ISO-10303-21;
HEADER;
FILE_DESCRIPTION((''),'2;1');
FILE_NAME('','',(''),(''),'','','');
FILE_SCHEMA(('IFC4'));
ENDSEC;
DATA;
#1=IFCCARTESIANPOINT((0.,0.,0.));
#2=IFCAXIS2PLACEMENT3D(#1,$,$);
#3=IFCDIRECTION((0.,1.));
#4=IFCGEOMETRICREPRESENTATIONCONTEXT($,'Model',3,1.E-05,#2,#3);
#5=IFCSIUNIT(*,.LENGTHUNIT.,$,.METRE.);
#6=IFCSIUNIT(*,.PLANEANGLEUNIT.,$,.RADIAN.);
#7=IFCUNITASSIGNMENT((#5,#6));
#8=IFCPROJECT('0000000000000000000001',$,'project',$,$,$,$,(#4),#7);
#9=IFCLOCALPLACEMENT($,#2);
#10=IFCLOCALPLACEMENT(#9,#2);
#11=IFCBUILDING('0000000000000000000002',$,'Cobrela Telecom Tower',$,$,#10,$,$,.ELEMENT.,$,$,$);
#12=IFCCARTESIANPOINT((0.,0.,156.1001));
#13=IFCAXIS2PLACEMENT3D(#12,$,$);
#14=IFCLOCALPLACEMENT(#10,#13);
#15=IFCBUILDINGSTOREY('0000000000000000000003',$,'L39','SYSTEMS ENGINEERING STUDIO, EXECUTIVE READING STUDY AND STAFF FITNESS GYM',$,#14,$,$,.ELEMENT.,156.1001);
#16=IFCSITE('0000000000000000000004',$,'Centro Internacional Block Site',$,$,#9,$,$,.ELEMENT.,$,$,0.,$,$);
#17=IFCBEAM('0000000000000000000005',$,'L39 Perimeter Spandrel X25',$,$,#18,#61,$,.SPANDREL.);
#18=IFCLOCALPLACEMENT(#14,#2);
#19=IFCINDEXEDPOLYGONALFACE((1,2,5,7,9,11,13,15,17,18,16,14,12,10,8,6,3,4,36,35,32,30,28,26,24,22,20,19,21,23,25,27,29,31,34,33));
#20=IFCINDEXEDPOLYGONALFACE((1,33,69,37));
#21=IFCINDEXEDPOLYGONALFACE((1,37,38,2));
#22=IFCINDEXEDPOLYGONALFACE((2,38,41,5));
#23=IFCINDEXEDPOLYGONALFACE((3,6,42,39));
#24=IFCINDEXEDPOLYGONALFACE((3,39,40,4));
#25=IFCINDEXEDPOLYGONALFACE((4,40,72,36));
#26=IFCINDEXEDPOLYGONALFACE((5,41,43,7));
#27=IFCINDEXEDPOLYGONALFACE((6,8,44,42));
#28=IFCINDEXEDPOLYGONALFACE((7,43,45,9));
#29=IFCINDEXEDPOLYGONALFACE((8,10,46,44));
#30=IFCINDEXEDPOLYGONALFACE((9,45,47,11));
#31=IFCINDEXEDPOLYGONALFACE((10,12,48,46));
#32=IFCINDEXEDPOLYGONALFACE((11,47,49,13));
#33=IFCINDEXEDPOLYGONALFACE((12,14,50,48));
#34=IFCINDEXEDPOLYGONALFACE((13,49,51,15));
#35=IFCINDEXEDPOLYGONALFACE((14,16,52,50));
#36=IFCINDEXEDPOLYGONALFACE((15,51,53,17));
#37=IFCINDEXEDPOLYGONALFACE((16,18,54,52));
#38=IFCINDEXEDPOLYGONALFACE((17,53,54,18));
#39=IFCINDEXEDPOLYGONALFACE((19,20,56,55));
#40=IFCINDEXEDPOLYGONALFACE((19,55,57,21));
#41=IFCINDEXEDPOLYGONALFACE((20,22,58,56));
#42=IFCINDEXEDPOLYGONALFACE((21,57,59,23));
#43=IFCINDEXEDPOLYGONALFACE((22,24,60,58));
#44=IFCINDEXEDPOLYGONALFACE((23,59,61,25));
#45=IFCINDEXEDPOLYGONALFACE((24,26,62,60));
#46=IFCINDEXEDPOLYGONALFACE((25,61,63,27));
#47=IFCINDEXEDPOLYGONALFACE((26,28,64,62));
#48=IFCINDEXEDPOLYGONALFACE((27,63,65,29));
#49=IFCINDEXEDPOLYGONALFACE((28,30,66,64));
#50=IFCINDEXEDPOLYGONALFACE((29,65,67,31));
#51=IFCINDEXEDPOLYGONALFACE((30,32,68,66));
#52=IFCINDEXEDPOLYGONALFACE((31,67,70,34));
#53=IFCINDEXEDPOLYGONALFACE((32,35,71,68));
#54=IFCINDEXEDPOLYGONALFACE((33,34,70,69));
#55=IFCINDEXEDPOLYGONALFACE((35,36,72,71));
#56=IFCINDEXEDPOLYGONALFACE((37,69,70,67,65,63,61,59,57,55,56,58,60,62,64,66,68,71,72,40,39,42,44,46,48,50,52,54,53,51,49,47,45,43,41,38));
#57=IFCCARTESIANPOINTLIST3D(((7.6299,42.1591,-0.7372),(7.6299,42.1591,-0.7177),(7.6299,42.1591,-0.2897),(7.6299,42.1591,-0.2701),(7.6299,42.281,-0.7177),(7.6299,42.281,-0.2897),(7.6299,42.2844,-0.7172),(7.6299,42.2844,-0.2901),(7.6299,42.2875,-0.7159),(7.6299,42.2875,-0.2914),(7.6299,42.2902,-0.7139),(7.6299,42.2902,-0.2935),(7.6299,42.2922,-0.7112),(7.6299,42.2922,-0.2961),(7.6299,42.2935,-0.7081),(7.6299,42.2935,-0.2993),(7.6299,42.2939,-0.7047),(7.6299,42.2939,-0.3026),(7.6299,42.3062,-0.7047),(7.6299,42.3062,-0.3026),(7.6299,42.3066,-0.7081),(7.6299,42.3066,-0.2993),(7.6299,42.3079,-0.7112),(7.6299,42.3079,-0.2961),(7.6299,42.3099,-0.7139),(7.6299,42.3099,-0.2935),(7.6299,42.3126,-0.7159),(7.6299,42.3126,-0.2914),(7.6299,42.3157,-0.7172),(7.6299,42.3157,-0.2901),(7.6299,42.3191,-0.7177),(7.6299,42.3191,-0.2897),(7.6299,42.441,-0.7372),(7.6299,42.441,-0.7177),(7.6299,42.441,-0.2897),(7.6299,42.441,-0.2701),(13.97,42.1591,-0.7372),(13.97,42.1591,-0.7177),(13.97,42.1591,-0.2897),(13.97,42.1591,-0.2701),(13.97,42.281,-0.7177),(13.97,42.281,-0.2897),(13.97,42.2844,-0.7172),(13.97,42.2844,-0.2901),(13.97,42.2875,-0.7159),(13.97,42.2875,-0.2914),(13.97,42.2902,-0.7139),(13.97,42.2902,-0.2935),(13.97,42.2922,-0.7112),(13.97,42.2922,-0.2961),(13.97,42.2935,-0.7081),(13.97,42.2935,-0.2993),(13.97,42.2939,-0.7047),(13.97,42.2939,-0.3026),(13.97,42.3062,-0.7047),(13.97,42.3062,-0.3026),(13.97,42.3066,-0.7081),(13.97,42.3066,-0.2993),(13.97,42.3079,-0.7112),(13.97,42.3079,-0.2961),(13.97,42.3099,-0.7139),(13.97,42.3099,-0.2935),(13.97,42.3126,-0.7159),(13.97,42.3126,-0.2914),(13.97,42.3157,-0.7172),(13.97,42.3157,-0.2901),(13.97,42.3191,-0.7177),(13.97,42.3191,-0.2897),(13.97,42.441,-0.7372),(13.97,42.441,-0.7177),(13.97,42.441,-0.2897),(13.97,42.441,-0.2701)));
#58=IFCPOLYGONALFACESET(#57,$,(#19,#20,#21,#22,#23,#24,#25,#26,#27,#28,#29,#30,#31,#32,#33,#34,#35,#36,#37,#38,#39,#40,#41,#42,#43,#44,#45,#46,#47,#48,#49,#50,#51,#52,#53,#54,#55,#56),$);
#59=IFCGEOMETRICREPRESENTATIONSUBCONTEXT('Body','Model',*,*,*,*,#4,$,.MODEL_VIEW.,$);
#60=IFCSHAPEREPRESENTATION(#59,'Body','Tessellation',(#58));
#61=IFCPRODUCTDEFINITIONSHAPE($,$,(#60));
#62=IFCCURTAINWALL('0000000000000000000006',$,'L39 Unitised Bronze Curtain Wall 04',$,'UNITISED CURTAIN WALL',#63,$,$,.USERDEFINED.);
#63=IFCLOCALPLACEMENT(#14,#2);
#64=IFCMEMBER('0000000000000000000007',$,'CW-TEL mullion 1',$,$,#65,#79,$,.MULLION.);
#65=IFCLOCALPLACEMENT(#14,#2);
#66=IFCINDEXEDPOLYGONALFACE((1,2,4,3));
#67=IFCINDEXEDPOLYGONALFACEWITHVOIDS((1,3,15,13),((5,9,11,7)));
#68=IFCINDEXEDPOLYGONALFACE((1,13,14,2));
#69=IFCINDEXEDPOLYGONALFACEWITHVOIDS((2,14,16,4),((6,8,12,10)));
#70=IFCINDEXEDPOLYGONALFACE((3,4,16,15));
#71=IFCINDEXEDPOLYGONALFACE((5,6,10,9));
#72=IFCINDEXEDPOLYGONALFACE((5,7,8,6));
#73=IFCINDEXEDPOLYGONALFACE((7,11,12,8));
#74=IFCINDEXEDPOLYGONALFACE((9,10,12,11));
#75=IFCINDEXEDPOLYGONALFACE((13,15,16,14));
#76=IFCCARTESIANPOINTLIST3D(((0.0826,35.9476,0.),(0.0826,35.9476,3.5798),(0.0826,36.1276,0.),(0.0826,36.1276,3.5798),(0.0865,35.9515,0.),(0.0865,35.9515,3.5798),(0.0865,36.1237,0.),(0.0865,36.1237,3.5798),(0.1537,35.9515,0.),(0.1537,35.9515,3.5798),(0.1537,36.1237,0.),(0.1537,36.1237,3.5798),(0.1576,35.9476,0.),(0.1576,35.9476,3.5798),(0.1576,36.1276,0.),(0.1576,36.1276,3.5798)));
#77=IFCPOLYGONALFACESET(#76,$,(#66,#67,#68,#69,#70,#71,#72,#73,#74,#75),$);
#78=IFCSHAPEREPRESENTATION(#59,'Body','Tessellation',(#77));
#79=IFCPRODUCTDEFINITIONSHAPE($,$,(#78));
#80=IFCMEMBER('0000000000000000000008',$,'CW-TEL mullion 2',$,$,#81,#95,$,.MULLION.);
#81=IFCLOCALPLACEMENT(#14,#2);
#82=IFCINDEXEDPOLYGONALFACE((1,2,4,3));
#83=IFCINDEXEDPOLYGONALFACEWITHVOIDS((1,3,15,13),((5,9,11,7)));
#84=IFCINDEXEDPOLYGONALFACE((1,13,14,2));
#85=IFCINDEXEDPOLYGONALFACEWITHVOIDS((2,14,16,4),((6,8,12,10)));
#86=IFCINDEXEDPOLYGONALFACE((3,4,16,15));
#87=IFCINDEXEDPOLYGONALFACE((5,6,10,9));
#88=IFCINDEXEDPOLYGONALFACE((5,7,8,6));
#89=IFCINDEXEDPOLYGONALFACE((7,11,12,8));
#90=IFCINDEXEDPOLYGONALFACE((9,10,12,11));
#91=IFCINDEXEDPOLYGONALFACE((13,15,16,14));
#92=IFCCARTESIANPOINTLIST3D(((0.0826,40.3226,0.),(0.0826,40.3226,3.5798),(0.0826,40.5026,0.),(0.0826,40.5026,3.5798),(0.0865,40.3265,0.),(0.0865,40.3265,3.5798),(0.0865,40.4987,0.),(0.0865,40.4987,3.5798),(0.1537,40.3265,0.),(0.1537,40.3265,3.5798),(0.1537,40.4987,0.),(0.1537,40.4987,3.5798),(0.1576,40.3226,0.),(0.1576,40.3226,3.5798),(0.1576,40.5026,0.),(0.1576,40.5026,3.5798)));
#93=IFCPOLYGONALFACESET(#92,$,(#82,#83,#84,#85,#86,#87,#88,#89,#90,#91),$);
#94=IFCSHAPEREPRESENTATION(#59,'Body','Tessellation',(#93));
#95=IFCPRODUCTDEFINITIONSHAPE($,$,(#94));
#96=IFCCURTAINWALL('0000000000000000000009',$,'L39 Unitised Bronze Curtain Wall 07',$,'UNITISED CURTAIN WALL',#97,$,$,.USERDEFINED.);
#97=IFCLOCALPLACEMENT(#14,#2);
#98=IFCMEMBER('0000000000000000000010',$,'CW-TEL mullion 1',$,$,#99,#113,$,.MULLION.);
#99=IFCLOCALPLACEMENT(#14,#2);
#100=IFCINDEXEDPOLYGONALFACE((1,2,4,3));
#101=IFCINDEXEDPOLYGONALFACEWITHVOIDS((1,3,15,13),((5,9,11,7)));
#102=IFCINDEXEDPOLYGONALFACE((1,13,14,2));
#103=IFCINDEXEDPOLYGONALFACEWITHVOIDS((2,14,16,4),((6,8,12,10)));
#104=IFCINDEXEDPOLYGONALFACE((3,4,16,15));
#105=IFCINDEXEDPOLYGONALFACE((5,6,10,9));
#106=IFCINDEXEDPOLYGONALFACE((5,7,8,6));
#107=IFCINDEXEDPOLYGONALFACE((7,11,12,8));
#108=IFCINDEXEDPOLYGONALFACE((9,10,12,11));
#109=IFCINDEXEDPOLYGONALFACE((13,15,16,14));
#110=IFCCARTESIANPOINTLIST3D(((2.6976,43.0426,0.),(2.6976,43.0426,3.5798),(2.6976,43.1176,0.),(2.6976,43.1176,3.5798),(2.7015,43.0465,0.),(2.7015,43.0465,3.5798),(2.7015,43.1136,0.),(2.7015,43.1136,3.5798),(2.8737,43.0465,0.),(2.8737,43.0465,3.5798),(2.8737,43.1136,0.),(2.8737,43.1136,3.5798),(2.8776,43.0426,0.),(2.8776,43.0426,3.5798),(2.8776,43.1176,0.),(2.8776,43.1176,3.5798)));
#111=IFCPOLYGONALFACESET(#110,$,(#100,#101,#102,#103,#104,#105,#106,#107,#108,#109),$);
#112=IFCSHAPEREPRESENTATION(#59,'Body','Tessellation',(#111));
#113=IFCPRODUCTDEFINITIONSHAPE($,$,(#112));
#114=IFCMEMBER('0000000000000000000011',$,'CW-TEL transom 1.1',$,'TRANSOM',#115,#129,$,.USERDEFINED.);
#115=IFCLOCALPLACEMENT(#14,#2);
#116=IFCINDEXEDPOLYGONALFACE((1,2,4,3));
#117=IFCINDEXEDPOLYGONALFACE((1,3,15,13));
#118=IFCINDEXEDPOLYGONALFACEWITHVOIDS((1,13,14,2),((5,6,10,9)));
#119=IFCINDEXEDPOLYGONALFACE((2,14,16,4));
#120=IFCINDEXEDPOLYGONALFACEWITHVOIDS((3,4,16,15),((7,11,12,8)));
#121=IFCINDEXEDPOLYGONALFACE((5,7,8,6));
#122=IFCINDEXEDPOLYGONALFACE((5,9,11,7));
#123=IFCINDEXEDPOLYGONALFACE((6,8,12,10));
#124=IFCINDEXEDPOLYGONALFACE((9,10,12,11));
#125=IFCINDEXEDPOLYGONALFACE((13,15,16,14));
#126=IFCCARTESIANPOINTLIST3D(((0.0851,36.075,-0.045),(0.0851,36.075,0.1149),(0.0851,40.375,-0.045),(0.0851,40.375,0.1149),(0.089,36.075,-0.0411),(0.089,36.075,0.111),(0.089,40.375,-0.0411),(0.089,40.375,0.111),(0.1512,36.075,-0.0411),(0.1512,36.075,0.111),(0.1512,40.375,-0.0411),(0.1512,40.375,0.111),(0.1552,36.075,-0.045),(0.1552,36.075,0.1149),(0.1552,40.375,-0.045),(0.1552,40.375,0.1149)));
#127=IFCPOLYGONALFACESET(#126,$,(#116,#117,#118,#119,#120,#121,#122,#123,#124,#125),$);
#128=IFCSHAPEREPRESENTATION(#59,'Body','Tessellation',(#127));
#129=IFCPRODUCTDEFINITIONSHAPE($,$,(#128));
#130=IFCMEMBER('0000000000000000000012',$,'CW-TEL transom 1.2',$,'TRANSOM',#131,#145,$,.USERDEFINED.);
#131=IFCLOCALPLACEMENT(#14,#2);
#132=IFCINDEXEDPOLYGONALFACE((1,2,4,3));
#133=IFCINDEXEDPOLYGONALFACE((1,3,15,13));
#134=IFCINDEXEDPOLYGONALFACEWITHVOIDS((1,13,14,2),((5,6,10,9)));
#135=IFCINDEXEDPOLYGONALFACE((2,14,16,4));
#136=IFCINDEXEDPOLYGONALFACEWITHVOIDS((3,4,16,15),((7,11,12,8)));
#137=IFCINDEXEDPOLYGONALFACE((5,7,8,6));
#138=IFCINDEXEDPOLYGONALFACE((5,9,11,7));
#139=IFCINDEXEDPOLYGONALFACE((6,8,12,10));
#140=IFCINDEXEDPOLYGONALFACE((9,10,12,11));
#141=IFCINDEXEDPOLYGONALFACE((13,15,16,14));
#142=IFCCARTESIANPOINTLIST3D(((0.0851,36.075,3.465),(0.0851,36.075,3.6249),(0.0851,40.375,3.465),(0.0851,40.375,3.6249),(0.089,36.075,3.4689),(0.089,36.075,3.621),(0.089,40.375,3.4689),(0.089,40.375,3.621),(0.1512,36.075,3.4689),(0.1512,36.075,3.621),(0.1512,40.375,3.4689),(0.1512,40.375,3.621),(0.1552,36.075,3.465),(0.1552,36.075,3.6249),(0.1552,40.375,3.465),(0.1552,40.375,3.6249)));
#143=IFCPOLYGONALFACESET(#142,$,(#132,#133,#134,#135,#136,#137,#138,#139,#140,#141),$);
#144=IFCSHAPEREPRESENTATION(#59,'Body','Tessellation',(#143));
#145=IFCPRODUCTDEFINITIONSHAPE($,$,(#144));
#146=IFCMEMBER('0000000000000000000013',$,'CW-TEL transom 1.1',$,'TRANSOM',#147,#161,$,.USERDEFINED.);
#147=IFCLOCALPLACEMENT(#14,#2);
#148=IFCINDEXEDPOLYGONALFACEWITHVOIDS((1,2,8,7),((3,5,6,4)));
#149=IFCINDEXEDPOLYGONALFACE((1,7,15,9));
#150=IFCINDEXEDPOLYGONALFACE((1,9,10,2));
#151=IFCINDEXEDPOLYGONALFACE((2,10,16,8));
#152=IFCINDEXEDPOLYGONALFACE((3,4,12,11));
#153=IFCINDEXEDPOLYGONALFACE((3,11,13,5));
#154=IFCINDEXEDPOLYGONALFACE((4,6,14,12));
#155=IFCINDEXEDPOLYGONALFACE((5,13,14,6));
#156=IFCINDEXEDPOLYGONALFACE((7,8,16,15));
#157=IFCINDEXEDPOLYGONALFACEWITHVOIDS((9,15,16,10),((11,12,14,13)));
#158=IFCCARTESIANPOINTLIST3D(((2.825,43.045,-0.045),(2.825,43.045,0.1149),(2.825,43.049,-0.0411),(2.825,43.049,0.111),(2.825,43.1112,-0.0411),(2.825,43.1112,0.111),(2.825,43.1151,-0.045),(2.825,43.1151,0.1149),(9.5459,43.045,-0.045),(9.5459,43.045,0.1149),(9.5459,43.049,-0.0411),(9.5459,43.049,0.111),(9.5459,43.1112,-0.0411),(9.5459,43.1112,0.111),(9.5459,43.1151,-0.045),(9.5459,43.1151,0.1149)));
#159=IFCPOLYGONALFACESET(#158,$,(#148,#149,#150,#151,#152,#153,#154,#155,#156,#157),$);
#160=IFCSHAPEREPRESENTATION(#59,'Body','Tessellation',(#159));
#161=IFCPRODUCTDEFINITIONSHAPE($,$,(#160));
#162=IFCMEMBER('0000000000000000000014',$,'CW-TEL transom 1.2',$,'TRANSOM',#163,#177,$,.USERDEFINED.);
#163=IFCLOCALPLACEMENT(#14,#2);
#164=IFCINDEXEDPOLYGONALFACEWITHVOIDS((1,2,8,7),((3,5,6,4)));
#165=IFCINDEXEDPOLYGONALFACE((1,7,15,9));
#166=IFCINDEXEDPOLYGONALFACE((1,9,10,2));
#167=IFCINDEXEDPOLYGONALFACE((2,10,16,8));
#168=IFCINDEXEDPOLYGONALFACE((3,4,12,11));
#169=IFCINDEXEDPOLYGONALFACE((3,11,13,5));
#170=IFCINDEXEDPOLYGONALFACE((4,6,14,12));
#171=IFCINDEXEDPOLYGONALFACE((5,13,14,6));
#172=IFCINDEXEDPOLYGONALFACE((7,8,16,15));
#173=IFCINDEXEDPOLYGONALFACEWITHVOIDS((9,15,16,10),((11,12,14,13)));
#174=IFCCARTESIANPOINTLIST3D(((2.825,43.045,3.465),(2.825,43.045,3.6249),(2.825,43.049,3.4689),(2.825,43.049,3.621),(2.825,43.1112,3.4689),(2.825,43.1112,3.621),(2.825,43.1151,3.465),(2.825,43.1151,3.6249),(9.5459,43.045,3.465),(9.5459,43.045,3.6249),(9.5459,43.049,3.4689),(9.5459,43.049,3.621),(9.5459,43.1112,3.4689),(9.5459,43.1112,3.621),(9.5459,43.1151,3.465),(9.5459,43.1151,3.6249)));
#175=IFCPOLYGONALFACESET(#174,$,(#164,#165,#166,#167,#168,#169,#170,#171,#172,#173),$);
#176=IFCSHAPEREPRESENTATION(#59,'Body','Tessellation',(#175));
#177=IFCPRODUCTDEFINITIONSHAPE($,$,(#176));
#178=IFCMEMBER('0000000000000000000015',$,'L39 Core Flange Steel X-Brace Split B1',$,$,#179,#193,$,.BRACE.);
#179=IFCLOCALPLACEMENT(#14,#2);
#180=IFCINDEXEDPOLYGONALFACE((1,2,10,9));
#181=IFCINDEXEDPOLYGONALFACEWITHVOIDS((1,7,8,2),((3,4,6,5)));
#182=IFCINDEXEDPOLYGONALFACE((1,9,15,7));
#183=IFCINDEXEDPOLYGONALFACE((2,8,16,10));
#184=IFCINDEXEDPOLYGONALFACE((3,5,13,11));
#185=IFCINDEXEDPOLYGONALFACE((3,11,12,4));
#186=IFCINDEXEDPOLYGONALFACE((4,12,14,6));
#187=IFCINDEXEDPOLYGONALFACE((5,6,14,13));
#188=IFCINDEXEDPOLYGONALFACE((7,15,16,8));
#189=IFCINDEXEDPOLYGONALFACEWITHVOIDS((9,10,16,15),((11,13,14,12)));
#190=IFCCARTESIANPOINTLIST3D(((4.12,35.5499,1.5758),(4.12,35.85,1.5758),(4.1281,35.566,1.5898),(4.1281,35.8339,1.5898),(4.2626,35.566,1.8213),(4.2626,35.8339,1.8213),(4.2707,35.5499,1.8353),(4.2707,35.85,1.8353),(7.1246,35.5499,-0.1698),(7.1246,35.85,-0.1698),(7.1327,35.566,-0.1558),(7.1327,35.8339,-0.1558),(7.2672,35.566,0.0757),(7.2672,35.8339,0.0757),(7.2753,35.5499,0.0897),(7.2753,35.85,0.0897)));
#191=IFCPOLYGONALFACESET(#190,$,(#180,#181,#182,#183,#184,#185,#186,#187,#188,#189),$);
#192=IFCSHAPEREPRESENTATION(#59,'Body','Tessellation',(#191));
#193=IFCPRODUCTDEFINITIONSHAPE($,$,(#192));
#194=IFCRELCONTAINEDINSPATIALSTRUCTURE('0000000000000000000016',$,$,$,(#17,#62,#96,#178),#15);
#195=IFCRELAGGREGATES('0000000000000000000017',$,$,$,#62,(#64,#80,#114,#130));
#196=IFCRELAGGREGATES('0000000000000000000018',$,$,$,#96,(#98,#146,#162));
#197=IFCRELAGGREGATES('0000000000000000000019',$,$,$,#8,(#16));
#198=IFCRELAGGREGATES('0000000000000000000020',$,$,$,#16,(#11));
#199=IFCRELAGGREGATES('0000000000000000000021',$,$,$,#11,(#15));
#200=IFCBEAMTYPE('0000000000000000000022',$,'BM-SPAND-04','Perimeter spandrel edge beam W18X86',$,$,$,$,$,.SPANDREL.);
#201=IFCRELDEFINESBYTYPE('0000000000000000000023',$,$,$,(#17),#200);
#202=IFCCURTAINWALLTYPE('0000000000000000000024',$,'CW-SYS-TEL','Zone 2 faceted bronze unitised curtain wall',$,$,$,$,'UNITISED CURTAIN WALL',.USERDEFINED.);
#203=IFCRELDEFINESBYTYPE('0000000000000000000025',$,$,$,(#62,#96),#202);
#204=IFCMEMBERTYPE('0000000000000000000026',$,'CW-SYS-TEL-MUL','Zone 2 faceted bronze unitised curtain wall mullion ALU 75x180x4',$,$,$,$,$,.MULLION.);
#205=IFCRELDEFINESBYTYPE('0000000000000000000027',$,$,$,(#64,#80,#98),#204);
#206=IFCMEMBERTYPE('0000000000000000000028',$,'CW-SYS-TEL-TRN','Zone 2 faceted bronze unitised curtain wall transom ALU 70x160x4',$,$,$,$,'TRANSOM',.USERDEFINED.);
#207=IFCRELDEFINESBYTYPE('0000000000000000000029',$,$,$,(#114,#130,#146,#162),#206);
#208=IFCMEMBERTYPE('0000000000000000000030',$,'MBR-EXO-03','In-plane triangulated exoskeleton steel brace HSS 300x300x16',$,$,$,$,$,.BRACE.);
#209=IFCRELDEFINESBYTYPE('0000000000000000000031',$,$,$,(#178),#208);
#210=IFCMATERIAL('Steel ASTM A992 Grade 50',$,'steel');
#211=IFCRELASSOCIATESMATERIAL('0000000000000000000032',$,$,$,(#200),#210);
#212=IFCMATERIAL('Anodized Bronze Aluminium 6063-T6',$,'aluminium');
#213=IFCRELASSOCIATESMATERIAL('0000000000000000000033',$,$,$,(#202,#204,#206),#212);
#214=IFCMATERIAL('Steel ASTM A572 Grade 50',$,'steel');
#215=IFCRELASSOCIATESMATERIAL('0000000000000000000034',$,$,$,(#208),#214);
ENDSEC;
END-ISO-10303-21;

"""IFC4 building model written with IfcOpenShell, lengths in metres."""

from ifc_helpers import new_model, si_unit, direction, frame, origin, origin_2d, place, context, subcontext, project, spatial, hollow_rectangle, i_section, extrude, material, material_profile, profile_set, type_object, element, aggregate, save


model = new_model("IFC4")

# Units and contexts
model_context = context("Model", 3, precision=1e-05, world=origin(), true_north=direction((0.0, 1.0)))
body_context = subcontext(model_context, "Body", "Model", "MODEL_VIEW")
ifc_project = project(units=[si_unit("LENGTHUNIT", "METRE"), si_unit("PLANEANGLEUNIT", "RADIAN")], contexts=[model_context])

# Site, building, storey
site_placement = place(None, origin())
site = spatial("IfcSite", under=ifc_project, at=site_placement, Name="Centro Internacional Block Site", CompositionType="ELEMENT", RefElevation=0.0)
building_placement = place(site_placement, origin())
building = spatial("IfcBuilding", under=site, at=building_placement, Name="Cobrela Telecom Tower", CompositionType="ELEMENT")
storey_placement = place(building_placement, frame((0.0, 0.0, 156.1001)))
storey = spatial("IfcBuildingStorey", under=building, at=storey_placement, Name="L39", Description="SYSTEMS ENGINEERING STUDIO, EXECUTIVE READING STUDY AND STAFF FITNESS GYM", CompositionType="ELEMENT", Elevation=156.1001)

# Shared definitions
ifc_material_1 = material(Name="Steel ASTM A572 Grade 50", Category="steel")

# Beam
ifc_material_2 = material(Name="Steel ASTM A992 Grade 50", Category="steel")
ifc_material_profile_1 = material_profile(ifc_material_2, i_section(OverallWidth=0.282, OverallDepth=0.467, WebThickness=0.0122, FlangeThickness=0.0195, FilletRadius=0.0129, at=origin_2d()), Name="W18X86")
ifc_profile_set_1 = profile_set([ifc_material_profile_1], Name="Steel ASTM A992 Grade 50")
beam_type_1 = type_object("IfcBeamType", Name="BM-SPAND-04", Description="Perimeter spandrel edge beam W18X86", PredefinedType="SPANDREL", material=ifc_profile_set_1)
beam_1_placement = place(storey_placement, frame((7.6299, 42.3, -0.5037), z_axis=(1.0, 0.0, 0.0), x_axis=(0.0, 1.0, 0.0)))
element("IfcBeam", 1, at=beam_1_placement, inside=storey, type_object=beam_type_1, Name="L39 Perimeter Spandrel X25", PredefinedType="SPANDREL", context=body_context, shape_type="SweptSolid", body=[
    extrude(i_section(OverallWidth=0.282, OverallDepth=0.467, WebThickness=0.0122, FlangeThickness=0.0195, FilletRadius=0.0129, at=origin_2d()), origin(), (0.0, 0.0, 1.0), 6.3401),
])

# Curtain wall, members
ifc_material_3 = material(Name="Anodized Bronze Aluminium 6063-T6", Category="aluminium")
curtain_wall_type = type_object("IfcCurtainWallType", Name="CW-SYS-TEL", Description="Zone 2 faceted bronze unitised curtain wall", ElementType="UNITISED CURTAIN WALL", PredefinedType="USERDEFINED", material=ifc_material_3)
curtain_wall_1_placement = place(storey_placement, origin())
curtain_wall_1 = element("IfcCurtainWall", 2, at=curtain_wall_1_placement, inside=storey, type_object=curtain_wall_type, Name="L39 Unitised Bronze Curtain Wall 04", ObjectType="UNITISED CURTAIN WALL", PredefinedType="USERDEFINED")
ifc_material_profile_2 = material_profile(ifc_material_3, hollow_rectangle(XDim=0.075, YDim=0.1799, WallThickness=0.0039, at=origin_2d()), Name="ALU 75x180x4")
ifc_profile_set_2 = profile_set([ifc_material_profile_2], Name="Anodized Bronze Aluminium 6063-T6")
member_type_1 = type_object("IfcMemberType", Name="CW-SYS-TEL-MUL", Description="Zone 2 faceted bronze unitised curtain wall mullion ALU 75x180x4", PredefinedType="MULLION", material=ifc_profile_set_2)
member_1_placement = place(storey_placement, frame((0.1201, 36.0376, 0.0), z_axis=(0.0, 0.0, 1.0), x_axis=(-1.0, 0.0, 0.0)))
member_1 = element("IfcMember", 3, at=member_1_placement, type_object=member_type_1, Name="CW-TEL mullion 1", PredefinedType="MULLION", context=body_context, shape_type="SweptSolid", body=[
    extrude(hollow_rectangle(XDim=0.075, YDim=0.1799, WallThickness=0.0039, at=origin_2d()), origin(), (0.0, 0.0, 1.0), 3.5798),
])
member_2_placement = place(storey_placement, frame((0.1201, 40.4126, 0.0), z_axis=(0.0, 0.0, 1.0), x_axis=(-1.0, 0.0, 0.0)))
member_2 = element("IfcMember", 4, at=member_2_placement, type_object=member_type_1, Name="CW-TEL mullion 2", PredefinedType="MULLION", context=body_context, shape_type="SweptSolid", body=[
    extrude(hollow_rectangle(XDim=0.075, YDim=0.1799, WallThickness=0.0039, at=origin_2d()), origin(), (0.0, 0.0, 1.0), 3.5798),
])

# Curtain wall, member
curtain_wall_2_placement = place(storey_placement, origin())
curtain_wall_2 = element("IfcCurtainWall", 5, at=curtain_wall_2_placement, inside=storey, type_object=curtain_wall_type, Name="L39 Unitised Bronze Curtain Wall 07", ObjectType="UNITISED CURTAIN WALL", PredefinedType="USERDEFINED")
member_3_placement = place(storey_placement, frame((2.7876, 43.0801, 0.0), z_axis=(0.0, 0.0, 1.0), x_axis=(0.0, 1.0, 0.0)))
member_3 = element("IfcMember", 6, at=member_3_placement, type_object=member_type_1, Name="CW-TEL mullion 1", PredefinedType="MULLION", context=body_context, shape_type="SweptSolid", body=[
    extrude(hollow_rectangle(XDim=0.075, YDim=0.1799, WallThickness=0.0039, at=origin_2d()), origin(), (0.0, 0.0, 1.0), 3.5798),
])

# Members
ifc_material_profile_3 = material_profile(ifc_material_3, hollow_rectangle(XDim=0.0701, YDim=0.1599, WallThickness=0.0039, at=origin_2d()), Name="ALU 70x160x4")
ifc_profile_set_3 = profile_set([ifc_material_profile_3], Name="Anodized Bronze Aluminium 6063-T6")
member_type_2 = type_object("IfcMemberType", Name="CW-SYS-TEL-TRN", Description="Zone 2 faceted bronze unitised curtain wall transom ALU 70x160x4", ElementType="TRANSOM", PredefinedType="USERDEFINED", material=ifc_profile_set_3)
member_4_placement = place(storey_placement, frame((0.1201, 36.075, 0.0349), z_axis=(0.0, 1.0, 0.0), x_axis=(-1.0, 0.0, 0.0)))
member_4 = element("IfcMember", 7, at=member_4_placement, type_object=member_type_2, Name="CW-TEL transom 1.1", ObjectType="TRANSOM", PredefinedType="USERDEFINED", context=body_context, shape_type="SweptSolid", body=[
    extrude(hollow_rectangle(XDim=0.0701, YDim=0.1599, WallThickness=0.0039, at=origin_2d()), origin(), (0.0, 0.0, 1.0), 4.3),
])
member_5_placement = place(storey_placement, frame((0.1201, 36.075, 3.5449), z_axis=(0.0, 1.0, 0.0), x_axis=(-1.0, 0.0, 0.0)))
member_5 = element("IfcMember", 8, at=member_5_placement, type_object=member_type_2, Name="CW-TEL transom 1.2", ObjectType="TRANSOM", PredefinedType="USERDEFINED", context=body_context, shape_type="SweptSolid", body=[
    extrude(hollow_rectangle(XDim=0.0701, YDim=0.1599, WallThickness=0.0039, at=origin_2d()), origin(), (0.0, 0.0, 1.0), 4.3),
])
member_6_placement = place(storey_placement, frame((2.825, 43.0801, 0.0349), z_axis=(1.0, 0.0, 0.0), x_axis=(0.0, 1.0, 0.0)))
member_6 = element("IfcMember", 9, at=member_6_placement, type_object=member_type_2, Name="CW-TEL transom 1.1", ObjectType="TRANSOM", PredefinedType="USERDEFINED", context=body_context, shape_type="SweptSolid", body=[
    extrude(hollow_rectangle(XDim=0.0701, YDim=0.1599, WallThickness=0.0039, at=origin_2d()), origin(), (0.0, 0.0, 1.0), 6.7209),
])
member_7_placement = place(storey_placement, frame((2.825, 43.0801, 3.5449), z_axis=(1.0, 0.0, 0.0), x_axis=(0.0, 1.0, 0.0)))
member_7 = element("IfcMember", 10, at=member_7_placement, type_object=member_type_2, Name="CW-TEL transom 1.2", ObjectType="TRANSOM", PredefinedType="USERDEFINED", context=body_context, shape_type="SweptSolid", body=[
    extrude(hollow_rectangle(XDim=0.0701, YDim=0.1599, WallThickness=0.0039, at=origin_2d()), origin(), (0.0, 0.0, 1.0), 6.7209),
])
ifc_material_profile_4 = material_profile(ifc_material_1, hollow_rectangle(XDim=0.3, YDim=0.3, WallThickness=0.0161, at=origin_2d()), Name="HSS 300x300x16")
ifc_profile_set_4 = profile_set([ifc_material_profile_4], Name="Steel ASTM A572 Grade 50")
member_type_3 = type_object("IfcMemberType", Name="MBR-EXO-03", Description="In-plane triangulated exoskeleton steel brace HSS 300x300x16", PredefinedType="BRACE", material=ifc_profile_set_4)
member_8_placement = place(storey_placement, frame((7.2, 35.7, -0.04), z_axis=(-0.864667, 0.0, 0.502346), x_axis=(0.0, -1.0, 0.0)))
element("IfcMember", 11, at=member_8_placement, inside=storey, type_object=member_type_3, Name="L39 Core Flange Steel X-Brace Split B1", PredefinedType="BRACE", context=body_context, shape_type="SweptSolid", body=[
    extrude(hollow_rectangle(XDim=0.3, YDim=0.3, WallThickness=0.0161, at=origin_2d()), origin(), (0.0, 0.0, 1.0), 3.4749),
])

aggregate(curtain_wall_1, [member_1, member_2, member_4, member_5])
aggregate(curtain_wall_2, [member_3, member_6, member_7])

save(model, "model.ifc")
